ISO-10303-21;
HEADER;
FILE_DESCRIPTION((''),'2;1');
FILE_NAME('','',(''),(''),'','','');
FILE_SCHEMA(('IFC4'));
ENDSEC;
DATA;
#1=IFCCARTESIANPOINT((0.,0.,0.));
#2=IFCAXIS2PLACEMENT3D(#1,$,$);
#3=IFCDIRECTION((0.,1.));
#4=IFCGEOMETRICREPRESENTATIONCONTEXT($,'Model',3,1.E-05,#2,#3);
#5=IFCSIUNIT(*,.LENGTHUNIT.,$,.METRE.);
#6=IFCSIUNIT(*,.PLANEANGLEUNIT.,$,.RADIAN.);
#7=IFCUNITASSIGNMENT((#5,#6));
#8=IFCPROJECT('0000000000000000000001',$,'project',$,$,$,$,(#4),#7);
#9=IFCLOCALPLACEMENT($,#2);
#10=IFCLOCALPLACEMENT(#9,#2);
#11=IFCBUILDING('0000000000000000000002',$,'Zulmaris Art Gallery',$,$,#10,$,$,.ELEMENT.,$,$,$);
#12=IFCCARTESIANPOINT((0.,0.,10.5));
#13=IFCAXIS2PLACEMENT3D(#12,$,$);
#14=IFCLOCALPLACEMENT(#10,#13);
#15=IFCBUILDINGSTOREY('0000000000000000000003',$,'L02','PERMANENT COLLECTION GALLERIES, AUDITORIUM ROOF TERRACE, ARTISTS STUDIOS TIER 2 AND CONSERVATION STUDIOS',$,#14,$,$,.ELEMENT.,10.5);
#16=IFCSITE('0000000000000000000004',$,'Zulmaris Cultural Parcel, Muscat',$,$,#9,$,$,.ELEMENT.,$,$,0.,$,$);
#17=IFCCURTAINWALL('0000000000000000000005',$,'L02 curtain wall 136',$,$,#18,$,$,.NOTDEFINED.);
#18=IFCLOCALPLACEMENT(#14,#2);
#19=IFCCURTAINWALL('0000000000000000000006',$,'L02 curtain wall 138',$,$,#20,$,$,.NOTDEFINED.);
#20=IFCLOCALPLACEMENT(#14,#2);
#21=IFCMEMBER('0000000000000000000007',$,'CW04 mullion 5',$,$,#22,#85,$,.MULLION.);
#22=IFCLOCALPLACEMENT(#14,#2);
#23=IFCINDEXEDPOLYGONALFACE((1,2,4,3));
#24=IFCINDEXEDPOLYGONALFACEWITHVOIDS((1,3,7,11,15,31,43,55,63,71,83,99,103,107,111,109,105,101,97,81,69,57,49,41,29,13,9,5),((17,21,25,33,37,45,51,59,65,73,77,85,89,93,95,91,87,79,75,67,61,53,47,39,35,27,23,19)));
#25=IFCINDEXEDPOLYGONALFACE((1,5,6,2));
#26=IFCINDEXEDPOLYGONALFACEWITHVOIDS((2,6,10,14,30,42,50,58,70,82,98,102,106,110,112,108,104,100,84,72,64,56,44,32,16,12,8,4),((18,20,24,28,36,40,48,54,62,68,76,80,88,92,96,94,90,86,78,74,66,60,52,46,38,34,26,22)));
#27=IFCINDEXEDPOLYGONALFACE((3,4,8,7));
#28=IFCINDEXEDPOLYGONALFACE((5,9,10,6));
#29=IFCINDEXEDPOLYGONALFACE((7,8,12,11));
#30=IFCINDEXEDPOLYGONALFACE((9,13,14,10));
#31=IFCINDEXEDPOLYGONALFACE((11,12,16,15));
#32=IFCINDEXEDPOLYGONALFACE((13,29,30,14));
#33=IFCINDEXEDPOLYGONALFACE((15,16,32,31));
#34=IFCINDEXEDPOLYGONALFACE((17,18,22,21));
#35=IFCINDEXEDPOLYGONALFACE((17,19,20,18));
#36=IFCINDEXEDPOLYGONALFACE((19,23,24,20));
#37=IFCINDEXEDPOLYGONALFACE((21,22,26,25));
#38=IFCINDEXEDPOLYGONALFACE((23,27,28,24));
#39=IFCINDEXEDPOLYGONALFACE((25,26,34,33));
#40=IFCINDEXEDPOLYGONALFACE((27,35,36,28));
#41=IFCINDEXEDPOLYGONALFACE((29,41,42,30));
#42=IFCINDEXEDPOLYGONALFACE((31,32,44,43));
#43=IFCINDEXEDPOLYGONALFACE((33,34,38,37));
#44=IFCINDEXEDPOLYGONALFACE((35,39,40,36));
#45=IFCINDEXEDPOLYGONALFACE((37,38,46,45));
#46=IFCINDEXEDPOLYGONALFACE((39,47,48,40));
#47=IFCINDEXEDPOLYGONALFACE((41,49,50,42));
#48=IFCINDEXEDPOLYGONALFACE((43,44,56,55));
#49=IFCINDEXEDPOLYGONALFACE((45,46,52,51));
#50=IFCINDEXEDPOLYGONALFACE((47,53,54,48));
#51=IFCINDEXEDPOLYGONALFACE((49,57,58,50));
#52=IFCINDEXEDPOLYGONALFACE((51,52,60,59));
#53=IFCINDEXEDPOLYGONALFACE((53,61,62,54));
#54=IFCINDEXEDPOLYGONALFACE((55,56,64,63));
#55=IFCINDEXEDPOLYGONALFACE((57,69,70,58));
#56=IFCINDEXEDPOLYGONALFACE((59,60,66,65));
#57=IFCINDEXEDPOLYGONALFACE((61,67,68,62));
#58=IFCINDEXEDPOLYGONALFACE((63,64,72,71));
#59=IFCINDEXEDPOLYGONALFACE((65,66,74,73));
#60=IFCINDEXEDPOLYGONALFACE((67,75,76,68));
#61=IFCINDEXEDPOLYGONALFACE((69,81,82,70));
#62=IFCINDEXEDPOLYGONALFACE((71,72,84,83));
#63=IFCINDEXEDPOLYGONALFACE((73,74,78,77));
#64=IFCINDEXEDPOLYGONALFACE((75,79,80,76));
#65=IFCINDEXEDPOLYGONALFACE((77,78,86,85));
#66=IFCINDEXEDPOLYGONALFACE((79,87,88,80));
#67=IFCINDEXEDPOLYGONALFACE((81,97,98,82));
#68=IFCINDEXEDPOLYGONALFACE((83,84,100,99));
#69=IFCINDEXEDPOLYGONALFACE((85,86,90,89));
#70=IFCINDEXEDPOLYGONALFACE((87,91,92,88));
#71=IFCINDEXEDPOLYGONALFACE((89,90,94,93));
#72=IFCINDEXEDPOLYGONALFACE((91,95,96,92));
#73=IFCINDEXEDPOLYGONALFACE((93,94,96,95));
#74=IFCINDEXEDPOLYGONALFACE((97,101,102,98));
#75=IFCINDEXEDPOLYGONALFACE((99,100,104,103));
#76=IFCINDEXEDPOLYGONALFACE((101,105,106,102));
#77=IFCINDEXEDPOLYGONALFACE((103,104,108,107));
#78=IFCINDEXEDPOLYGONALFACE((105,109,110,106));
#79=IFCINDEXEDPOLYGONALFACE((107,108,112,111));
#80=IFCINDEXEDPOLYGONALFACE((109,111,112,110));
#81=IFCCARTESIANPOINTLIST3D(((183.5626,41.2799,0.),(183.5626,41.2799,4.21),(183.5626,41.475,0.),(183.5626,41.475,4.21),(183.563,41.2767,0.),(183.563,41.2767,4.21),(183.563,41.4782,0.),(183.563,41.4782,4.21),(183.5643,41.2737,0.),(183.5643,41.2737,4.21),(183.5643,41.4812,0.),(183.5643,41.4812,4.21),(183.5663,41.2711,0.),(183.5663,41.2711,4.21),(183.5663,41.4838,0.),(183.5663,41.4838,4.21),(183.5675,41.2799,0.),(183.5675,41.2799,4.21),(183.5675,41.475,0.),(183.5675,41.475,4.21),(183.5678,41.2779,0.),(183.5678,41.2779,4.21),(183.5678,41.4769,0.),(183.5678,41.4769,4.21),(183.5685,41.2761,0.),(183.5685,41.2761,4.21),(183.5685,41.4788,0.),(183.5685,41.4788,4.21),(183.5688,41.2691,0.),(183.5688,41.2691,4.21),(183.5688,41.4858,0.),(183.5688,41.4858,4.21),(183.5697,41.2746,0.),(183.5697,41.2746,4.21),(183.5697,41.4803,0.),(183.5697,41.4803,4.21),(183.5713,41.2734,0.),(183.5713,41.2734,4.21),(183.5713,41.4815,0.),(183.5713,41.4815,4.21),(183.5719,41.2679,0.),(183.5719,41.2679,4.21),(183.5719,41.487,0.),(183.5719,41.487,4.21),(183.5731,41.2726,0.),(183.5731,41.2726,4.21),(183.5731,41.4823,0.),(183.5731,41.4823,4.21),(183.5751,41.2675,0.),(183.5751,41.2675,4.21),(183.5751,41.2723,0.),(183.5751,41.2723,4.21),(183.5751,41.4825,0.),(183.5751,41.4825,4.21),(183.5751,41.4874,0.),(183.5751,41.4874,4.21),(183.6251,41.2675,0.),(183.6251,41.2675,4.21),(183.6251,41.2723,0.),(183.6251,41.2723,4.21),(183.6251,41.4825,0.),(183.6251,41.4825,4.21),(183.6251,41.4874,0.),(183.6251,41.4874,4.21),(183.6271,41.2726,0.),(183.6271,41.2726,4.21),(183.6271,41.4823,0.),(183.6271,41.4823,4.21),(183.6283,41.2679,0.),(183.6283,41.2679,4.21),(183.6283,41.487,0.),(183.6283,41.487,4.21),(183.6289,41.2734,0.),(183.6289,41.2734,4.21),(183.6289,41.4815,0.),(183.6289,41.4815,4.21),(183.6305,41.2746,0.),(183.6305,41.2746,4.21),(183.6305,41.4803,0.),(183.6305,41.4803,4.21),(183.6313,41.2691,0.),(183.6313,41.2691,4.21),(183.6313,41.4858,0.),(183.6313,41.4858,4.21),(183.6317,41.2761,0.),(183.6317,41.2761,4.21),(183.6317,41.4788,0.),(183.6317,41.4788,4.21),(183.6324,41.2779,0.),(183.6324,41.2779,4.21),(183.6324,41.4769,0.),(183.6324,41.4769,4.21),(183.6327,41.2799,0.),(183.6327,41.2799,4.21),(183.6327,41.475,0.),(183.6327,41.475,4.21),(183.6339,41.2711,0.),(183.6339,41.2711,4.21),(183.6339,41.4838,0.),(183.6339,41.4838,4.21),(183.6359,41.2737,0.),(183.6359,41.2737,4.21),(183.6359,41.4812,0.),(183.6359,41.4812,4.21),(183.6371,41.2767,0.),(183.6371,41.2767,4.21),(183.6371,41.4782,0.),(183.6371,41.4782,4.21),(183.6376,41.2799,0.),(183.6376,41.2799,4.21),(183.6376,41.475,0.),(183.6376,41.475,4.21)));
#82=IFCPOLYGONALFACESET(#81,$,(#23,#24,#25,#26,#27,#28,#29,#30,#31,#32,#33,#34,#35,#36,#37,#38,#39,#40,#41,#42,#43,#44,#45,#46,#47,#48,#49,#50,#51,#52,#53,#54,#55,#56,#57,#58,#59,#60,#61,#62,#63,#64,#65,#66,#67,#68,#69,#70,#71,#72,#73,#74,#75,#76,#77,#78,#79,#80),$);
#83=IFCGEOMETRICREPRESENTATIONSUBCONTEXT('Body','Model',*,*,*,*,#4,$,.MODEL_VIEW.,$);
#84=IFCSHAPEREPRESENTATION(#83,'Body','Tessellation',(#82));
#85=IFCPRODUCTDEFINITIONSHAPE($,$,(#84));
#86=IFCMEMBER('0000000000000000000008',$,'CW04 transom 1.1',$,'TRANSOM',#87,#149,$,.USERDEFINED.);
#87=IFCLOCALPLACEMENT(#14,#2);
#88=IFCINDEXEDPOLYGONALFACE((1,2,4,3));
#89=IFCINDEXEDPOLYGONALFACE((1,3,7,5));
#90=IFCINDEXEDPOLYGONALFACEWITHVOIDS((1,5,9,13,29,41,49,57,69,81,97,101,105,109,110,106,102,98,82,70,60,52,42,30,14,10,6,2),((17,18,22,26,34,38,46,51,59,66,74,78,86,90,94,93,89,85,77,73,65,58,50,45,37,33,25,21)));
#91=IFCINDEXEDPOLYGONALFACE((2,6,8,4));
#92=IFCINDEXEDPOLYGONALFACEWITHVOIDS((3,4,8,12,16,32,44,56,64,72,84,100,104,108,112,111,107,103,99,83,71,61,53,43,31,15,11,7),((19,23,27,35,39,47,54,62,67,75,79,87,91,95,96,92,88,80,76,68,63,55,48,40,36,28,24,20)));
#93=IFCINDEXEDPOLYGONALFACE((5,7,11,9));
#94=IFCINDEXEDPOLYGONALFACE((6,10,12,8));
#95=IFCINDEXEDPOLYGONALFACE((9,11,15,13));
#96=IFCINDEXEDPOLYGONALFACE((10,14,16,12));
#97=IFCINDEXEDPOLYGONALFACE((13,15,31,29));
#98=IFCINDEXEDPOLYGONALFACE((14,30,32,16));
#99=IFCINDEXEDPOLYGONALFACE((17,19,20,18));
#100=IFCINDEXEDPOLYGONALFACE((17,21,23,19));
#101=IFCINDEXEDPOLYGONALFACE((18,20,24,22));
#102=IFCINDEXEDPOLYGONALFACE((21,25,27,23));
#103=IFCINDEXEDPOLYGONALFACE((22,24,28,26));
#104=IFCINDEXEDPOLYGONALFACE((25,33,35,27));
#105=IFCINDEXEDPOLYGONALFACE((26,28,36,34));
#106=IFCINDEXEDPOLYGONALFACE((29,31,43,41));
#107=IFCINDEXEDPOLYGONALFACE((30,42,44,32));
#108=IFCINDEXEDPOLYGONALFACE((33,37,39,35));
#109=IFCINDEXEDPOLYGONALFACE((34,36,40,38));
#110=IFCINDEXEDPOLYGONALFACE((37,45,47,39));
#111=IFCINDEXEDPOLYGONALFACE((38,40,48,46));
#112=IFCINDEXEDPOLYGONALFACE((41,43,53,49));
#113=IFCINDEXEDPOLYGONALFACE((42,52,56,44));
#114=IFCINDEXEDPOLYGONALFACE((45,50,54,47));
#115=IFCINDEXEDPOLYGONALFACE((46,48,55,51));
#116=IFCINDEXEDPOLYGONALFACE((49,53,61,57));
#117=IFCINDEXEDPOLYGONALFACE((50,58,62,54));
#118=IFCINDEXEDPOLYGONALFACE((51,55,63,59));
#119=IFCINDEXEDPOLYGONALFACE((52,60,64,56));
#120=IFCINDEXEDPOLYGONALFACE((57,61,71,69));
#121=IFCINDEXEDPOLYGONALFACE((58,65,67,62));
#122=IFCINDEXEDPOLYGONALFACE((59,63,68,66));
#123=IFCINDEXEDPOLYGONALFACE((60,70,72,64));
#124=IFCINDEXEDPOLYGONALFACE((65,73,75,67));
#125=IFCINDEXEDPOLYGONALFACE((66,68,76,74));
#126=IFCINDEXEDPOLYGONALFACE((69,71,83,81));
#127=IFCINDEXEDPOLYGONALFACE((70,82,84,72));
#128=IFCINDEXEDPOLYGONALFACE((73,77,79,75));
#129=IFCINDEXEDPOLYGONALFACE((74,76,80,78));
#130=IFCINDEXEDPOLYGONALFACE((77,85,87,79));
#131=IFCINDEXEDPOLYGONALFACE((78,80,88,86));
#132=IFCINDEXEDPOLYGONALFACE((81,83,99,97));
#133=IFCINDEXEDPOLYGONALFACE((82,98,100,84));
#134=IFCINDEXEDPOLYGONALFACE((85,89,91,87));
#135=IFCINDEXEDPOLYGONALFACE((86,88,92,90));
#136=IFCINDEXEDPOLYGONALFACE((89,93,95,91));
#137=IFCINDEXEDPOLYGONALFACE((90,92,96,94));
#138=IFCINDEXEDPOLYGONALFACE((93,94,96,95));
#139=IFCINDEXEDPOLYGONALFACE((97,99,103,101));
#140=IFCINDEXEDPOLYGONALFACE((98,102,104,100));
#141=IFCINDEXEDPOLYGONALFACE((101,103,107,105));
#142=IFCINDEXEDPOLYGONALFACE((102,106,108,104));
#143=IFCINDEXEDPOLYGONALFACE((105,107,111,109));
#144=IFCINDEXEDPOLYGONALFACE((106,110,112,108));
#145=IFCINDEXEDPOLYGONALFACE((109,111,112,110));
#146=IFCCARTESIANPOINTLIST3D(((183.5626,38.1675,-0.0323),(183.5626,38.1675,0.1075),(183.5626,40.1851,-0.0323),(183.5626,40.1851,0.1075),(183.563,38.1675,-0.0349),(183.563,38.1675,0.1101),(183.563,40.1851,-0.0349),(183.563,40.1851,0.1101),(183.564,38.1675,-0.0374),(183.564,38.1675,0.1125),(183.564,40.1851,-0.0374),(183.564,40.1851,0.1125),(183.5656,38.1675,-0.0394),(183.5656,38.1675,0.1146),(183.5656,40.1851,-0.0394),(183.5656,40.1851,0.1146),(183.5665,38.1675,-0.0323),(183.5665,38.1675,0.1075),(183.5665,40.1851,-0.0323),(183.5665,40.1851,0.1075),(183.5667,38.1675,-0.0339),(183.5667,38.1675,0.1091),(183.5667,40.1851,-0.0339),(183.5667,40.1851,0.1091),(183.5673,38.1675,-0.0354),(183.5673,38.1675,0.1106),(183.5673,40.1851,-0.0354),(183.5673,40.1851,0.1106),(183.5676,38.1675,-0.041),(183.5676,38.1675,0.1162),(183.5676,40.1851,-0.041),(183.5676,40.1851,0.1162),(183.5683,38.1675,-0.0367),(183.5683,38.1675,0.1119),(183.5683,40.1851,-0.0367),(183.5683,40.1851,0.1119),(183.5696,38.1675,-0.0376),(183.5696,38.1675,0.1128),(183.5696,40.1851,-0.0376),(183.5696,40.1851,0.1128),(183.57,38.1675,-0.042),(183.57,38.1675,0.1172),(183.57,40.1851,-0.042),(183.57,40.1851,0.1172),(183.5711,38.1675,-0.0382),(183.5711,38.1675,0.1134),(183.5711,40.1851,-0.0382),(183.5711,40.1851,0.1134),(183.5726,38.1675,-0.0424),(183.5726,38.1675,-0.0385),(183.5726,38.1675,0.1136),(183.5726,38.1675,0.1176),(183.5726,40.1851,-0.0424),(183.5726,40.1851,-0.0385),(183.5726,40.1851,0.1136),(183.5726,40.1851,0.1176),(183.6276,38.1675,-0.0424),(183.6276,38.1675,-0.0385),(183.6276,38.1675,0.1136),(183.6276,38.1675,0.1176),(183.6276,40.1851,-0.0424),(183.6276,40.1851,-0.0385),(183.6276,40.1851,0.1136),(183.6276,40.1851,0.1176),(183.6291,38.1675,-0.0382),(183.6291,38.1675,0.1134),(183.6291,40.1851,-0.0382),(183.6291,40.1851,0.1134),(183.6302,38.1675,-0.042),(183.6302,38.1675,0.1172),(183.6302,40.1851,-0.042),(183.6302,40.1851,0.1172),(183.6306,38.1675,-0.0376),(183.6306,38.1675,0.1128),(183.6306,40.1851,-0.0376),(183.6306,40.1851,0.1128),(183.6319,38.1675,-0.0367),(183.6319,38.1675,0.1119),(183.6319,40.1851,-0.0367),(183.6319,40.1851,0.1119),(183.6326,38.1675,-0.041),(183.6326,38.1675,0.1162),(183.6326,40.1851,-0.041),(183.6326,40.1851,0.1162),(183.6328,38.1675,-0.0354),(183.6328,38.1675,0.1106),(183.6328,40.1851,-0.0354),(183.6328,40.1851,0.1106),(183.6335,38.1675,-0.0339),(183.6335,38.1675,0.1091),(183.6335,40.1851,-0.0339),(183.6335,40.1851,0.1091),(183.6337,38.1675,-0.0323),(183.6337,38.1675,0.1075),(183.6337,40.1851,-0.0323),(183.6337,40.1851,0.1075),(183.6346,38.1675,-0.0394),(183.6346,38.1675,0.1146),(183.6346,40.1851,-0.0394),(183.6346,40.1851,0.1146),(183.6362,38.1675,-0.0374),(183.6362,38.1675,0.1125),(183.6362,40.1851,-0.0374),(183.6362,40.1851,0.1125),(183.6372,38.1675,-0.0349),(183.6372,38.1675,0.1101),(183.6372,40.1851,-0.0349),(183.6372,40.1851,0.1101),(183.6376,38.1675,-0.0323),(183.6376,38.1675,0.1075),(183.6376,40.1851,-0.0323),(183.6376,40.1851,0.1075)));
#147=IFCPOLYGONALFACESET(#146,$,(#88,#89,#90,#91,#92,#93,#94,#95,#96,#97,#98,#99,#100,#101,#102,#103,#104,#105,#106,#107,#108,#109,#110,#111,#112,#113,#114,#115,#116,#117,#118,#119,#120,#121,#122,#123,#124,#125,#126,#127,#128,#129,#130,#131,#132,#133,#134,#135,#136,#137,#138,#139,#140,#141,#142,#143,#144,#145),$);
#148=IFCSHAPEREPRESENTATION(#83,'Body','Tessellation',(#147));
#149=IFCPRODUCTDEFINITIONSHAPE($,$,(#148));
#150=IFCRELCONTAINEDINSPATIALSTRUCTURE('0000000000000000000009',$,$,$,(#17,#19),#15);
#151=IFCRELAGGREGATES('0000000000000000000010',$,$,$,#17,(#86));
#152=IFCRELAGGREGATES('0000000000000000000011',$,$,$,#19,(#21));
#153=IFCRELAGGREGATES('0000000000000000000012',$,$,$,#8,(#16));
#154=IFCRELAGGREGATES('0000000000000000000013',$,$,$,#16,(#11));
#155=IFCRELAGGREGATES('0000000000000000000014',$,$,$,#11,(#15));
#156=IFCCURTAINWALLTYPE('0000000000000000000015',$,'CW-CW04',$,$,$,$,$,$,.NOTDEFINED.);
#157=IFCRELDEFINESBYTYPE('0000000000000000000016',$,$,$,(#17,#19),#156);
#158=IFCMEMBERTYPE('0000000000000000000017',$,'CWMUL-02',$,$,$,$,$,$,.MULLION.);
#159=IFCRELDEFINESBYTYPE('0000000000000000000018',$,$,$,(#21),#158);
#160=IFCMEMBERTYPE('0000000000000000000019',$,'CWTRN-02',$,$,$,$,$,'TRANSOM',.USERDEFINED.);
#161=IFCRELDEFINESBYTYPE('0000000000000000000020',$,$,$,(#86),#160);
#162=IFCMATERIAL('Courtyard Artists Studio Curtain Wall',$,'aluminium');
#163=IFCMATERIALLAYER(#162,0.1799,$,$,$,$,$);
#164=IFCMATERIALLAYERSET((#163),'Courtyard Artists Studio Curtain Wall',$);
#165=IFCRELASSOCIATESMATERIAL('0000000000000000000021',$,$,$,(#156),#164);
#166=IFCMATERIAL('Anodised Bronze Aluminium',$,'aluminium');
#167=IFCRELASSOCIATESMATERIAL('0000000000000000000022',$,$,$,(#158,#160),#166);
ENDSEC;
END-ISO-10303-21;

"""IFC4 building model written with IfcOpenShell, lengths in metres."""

from ifc_helpers import new_model, si_unit, direction, frame, origin, origin_2d, place, context, subcontext, project, spatial, hollow_rectangle, extrude, material, layer, layer_set, material_profile, profile_set, type_object, element, aggregate, save


model = new_model("IFC4")

# Units and contexts
model_context = context("Model", 3, precision=1e-05, world=origin(), true_north=direction((0.0, 1.0)))
body_context = subcontext(model_context, "Body", "Model", "MODEL_VIEW")
ifc_project = project(units=[si_unit("LENGTHUNIT", "METRE"), si_unit("PLANEANGLEUNIT", "RADIAN")], contexts=[model_context])

# Site, building, storey
site_placement = place(None, origin())
site = spatial("IfcSite", under=ifc_project, at=site_placement, Name="Zulmaris Cultural Parcel, Muscat", CompositionType="ELEMENT", RefElevation=0.0)
building_placement = place(site_placement, origin())
building = spatial("IfcBuilding", under=site, at=building_placement, Name="Zulmaris Art Gallery", CompositionType="ELEMENT")
storey_placement = place(building_placement, frame((0.0, 0.0, 10.5)))
storey = spatial("IfcBuildingStorey", under=building, at=storey_placement, Name="L02", Description="PERMANENT COLLECTION GALLERIES, AUDITORIUM ROOF TERRACE, ARTISTS STUDIOS TIER 2 AND CONSERVATION STUDIOS", CompositionType="ELEMENT", Elevation=10.5)

# Curtain wall
ifc_material_1 = material(Name="Courtyard Artists Studio Curtain Wall", Category="aluminium")
ifc_layer_1 = layer(ifc_material_1, 0.1799)
ifc_layer_set_1 = layer_set([ifc_layer_1], Name="Courtyard Artists Studio Curtain Wall")
curtain_wall_type = type_object("IfcCurtainWallType", Name="CW-CW04", PredefinedType="NOTDEFINED", material=ifc_layer_set_1)
curtain_wall_1_placement = place(storey_placement, origin())
curtain_wall_1 = element("IfcCurtainWall", 1, at=curtain_wall_1_placement, inside=storey, type_object=curtain_wall_type, Name="L02 curtain wall 136", PredefinedType="NOTDEFINED")
ifc_material_2 = material(Name="Anodised Bronze Aluminium", Category="aluminium")
ifc_material_profile_1 = material_profile(ifc_material_2, hollow_rectangle(XDim=0.075, YDim=0.22, WallThickness=0.0049, InnerFilletRadius=0.0076, OuterFilletRadius=0.0125, at=origin_2d()), Name="ALU 75x220x5")
ifc_profile_set_1 = profile_set([ifc_material_profile_1], Name="Anodised Bronze Aluminium")
member_type_1 = type_object("IfcMemberType", Name="CWMUL-02", PredefinedType="MULLION", material=ifc_profile_set_1)

# Curtain wall, member
curtain_wall_2_placement = place(storey_placement, origin())
curtain_wall_2 = element("IfcCurtainWall", 2, at=curtain_wall_2_placement, inside=storey, type_object=curtain_wall_type, Name="L02 curtain wall 138", PredefinedType="NOTDEFINED")
member_1_placement = place(storey_placement, frame((183.6001, 41.3774, 0.0), z_axis=(0.0, 0.0, 1.0), x_axis=(1.0, 0.0, 0.0)))
member_1 = element("IfcMember", 3, at=member_1_placement, type_object=member_type_1, Name="CW04 mullion 5", PredefinedType="MULLION", context=body_context, shape_type="SweptSolid", body=[
    extrude(hollow_rectangle(XDim=0.075, YDim=0.22, WallThickness=0.0049, InnerFilletRadius=0.0076, OuterFilletRadius=0.0125, at=origin_2d()), origin(), (0.0, 0.0, 1.0), 4.21),
])

# Member
ifc_material_profile_2 = material_profile(ifc_material_2, hollow_rectangle(XDim=0.075, YDim=0.1599, WallThickness=0.0039, InnerFilletRadius=0.0061, OuterFilletRadius=0.01, at=origin_2d()), Name="ALU 75x160x4")
ifc_profile_set_2 = profile_set([ifc_material_profile_2], Name="Anodised Bronze Aluminium")
member_type_2 = type_object("IfcMemberType", Name="CWTRN-02", ElementType="TRANSOM", PredefinedType="USERDEFINED", material=ifc_profile_set_2)
member_2_placement = place(storey_placement, frame((183.6001, 40.1851, 0.0376), z_axis=(0.0, -1.0, 0.0), x_axis=(1.0, 0.0, 0.0)))
member_2 = element("IfcMember", 4, at=member_2_placement, type_object=member_type_2, Name="CW04 transom 1.1", ObjectType="TRANSOM", PredefinedType="USERDEFINED", context=body_context, shape_type="SweptSolid", body=[
    extrude(hollow_rectangle(XDim=0.075, YDim=0.1599, WallThickness=0.0039, InnerFilletRadius=0.0061, OuterFilletRadius=0.01, at=origin_2d()), origin(), (0.0, 0.0, 1.0), 2.0176),
])

aggregate(curtain_wall_1, [member_2])
aggregate(curtain_wall_2, [member_1])

save(model, "model.ifc")
